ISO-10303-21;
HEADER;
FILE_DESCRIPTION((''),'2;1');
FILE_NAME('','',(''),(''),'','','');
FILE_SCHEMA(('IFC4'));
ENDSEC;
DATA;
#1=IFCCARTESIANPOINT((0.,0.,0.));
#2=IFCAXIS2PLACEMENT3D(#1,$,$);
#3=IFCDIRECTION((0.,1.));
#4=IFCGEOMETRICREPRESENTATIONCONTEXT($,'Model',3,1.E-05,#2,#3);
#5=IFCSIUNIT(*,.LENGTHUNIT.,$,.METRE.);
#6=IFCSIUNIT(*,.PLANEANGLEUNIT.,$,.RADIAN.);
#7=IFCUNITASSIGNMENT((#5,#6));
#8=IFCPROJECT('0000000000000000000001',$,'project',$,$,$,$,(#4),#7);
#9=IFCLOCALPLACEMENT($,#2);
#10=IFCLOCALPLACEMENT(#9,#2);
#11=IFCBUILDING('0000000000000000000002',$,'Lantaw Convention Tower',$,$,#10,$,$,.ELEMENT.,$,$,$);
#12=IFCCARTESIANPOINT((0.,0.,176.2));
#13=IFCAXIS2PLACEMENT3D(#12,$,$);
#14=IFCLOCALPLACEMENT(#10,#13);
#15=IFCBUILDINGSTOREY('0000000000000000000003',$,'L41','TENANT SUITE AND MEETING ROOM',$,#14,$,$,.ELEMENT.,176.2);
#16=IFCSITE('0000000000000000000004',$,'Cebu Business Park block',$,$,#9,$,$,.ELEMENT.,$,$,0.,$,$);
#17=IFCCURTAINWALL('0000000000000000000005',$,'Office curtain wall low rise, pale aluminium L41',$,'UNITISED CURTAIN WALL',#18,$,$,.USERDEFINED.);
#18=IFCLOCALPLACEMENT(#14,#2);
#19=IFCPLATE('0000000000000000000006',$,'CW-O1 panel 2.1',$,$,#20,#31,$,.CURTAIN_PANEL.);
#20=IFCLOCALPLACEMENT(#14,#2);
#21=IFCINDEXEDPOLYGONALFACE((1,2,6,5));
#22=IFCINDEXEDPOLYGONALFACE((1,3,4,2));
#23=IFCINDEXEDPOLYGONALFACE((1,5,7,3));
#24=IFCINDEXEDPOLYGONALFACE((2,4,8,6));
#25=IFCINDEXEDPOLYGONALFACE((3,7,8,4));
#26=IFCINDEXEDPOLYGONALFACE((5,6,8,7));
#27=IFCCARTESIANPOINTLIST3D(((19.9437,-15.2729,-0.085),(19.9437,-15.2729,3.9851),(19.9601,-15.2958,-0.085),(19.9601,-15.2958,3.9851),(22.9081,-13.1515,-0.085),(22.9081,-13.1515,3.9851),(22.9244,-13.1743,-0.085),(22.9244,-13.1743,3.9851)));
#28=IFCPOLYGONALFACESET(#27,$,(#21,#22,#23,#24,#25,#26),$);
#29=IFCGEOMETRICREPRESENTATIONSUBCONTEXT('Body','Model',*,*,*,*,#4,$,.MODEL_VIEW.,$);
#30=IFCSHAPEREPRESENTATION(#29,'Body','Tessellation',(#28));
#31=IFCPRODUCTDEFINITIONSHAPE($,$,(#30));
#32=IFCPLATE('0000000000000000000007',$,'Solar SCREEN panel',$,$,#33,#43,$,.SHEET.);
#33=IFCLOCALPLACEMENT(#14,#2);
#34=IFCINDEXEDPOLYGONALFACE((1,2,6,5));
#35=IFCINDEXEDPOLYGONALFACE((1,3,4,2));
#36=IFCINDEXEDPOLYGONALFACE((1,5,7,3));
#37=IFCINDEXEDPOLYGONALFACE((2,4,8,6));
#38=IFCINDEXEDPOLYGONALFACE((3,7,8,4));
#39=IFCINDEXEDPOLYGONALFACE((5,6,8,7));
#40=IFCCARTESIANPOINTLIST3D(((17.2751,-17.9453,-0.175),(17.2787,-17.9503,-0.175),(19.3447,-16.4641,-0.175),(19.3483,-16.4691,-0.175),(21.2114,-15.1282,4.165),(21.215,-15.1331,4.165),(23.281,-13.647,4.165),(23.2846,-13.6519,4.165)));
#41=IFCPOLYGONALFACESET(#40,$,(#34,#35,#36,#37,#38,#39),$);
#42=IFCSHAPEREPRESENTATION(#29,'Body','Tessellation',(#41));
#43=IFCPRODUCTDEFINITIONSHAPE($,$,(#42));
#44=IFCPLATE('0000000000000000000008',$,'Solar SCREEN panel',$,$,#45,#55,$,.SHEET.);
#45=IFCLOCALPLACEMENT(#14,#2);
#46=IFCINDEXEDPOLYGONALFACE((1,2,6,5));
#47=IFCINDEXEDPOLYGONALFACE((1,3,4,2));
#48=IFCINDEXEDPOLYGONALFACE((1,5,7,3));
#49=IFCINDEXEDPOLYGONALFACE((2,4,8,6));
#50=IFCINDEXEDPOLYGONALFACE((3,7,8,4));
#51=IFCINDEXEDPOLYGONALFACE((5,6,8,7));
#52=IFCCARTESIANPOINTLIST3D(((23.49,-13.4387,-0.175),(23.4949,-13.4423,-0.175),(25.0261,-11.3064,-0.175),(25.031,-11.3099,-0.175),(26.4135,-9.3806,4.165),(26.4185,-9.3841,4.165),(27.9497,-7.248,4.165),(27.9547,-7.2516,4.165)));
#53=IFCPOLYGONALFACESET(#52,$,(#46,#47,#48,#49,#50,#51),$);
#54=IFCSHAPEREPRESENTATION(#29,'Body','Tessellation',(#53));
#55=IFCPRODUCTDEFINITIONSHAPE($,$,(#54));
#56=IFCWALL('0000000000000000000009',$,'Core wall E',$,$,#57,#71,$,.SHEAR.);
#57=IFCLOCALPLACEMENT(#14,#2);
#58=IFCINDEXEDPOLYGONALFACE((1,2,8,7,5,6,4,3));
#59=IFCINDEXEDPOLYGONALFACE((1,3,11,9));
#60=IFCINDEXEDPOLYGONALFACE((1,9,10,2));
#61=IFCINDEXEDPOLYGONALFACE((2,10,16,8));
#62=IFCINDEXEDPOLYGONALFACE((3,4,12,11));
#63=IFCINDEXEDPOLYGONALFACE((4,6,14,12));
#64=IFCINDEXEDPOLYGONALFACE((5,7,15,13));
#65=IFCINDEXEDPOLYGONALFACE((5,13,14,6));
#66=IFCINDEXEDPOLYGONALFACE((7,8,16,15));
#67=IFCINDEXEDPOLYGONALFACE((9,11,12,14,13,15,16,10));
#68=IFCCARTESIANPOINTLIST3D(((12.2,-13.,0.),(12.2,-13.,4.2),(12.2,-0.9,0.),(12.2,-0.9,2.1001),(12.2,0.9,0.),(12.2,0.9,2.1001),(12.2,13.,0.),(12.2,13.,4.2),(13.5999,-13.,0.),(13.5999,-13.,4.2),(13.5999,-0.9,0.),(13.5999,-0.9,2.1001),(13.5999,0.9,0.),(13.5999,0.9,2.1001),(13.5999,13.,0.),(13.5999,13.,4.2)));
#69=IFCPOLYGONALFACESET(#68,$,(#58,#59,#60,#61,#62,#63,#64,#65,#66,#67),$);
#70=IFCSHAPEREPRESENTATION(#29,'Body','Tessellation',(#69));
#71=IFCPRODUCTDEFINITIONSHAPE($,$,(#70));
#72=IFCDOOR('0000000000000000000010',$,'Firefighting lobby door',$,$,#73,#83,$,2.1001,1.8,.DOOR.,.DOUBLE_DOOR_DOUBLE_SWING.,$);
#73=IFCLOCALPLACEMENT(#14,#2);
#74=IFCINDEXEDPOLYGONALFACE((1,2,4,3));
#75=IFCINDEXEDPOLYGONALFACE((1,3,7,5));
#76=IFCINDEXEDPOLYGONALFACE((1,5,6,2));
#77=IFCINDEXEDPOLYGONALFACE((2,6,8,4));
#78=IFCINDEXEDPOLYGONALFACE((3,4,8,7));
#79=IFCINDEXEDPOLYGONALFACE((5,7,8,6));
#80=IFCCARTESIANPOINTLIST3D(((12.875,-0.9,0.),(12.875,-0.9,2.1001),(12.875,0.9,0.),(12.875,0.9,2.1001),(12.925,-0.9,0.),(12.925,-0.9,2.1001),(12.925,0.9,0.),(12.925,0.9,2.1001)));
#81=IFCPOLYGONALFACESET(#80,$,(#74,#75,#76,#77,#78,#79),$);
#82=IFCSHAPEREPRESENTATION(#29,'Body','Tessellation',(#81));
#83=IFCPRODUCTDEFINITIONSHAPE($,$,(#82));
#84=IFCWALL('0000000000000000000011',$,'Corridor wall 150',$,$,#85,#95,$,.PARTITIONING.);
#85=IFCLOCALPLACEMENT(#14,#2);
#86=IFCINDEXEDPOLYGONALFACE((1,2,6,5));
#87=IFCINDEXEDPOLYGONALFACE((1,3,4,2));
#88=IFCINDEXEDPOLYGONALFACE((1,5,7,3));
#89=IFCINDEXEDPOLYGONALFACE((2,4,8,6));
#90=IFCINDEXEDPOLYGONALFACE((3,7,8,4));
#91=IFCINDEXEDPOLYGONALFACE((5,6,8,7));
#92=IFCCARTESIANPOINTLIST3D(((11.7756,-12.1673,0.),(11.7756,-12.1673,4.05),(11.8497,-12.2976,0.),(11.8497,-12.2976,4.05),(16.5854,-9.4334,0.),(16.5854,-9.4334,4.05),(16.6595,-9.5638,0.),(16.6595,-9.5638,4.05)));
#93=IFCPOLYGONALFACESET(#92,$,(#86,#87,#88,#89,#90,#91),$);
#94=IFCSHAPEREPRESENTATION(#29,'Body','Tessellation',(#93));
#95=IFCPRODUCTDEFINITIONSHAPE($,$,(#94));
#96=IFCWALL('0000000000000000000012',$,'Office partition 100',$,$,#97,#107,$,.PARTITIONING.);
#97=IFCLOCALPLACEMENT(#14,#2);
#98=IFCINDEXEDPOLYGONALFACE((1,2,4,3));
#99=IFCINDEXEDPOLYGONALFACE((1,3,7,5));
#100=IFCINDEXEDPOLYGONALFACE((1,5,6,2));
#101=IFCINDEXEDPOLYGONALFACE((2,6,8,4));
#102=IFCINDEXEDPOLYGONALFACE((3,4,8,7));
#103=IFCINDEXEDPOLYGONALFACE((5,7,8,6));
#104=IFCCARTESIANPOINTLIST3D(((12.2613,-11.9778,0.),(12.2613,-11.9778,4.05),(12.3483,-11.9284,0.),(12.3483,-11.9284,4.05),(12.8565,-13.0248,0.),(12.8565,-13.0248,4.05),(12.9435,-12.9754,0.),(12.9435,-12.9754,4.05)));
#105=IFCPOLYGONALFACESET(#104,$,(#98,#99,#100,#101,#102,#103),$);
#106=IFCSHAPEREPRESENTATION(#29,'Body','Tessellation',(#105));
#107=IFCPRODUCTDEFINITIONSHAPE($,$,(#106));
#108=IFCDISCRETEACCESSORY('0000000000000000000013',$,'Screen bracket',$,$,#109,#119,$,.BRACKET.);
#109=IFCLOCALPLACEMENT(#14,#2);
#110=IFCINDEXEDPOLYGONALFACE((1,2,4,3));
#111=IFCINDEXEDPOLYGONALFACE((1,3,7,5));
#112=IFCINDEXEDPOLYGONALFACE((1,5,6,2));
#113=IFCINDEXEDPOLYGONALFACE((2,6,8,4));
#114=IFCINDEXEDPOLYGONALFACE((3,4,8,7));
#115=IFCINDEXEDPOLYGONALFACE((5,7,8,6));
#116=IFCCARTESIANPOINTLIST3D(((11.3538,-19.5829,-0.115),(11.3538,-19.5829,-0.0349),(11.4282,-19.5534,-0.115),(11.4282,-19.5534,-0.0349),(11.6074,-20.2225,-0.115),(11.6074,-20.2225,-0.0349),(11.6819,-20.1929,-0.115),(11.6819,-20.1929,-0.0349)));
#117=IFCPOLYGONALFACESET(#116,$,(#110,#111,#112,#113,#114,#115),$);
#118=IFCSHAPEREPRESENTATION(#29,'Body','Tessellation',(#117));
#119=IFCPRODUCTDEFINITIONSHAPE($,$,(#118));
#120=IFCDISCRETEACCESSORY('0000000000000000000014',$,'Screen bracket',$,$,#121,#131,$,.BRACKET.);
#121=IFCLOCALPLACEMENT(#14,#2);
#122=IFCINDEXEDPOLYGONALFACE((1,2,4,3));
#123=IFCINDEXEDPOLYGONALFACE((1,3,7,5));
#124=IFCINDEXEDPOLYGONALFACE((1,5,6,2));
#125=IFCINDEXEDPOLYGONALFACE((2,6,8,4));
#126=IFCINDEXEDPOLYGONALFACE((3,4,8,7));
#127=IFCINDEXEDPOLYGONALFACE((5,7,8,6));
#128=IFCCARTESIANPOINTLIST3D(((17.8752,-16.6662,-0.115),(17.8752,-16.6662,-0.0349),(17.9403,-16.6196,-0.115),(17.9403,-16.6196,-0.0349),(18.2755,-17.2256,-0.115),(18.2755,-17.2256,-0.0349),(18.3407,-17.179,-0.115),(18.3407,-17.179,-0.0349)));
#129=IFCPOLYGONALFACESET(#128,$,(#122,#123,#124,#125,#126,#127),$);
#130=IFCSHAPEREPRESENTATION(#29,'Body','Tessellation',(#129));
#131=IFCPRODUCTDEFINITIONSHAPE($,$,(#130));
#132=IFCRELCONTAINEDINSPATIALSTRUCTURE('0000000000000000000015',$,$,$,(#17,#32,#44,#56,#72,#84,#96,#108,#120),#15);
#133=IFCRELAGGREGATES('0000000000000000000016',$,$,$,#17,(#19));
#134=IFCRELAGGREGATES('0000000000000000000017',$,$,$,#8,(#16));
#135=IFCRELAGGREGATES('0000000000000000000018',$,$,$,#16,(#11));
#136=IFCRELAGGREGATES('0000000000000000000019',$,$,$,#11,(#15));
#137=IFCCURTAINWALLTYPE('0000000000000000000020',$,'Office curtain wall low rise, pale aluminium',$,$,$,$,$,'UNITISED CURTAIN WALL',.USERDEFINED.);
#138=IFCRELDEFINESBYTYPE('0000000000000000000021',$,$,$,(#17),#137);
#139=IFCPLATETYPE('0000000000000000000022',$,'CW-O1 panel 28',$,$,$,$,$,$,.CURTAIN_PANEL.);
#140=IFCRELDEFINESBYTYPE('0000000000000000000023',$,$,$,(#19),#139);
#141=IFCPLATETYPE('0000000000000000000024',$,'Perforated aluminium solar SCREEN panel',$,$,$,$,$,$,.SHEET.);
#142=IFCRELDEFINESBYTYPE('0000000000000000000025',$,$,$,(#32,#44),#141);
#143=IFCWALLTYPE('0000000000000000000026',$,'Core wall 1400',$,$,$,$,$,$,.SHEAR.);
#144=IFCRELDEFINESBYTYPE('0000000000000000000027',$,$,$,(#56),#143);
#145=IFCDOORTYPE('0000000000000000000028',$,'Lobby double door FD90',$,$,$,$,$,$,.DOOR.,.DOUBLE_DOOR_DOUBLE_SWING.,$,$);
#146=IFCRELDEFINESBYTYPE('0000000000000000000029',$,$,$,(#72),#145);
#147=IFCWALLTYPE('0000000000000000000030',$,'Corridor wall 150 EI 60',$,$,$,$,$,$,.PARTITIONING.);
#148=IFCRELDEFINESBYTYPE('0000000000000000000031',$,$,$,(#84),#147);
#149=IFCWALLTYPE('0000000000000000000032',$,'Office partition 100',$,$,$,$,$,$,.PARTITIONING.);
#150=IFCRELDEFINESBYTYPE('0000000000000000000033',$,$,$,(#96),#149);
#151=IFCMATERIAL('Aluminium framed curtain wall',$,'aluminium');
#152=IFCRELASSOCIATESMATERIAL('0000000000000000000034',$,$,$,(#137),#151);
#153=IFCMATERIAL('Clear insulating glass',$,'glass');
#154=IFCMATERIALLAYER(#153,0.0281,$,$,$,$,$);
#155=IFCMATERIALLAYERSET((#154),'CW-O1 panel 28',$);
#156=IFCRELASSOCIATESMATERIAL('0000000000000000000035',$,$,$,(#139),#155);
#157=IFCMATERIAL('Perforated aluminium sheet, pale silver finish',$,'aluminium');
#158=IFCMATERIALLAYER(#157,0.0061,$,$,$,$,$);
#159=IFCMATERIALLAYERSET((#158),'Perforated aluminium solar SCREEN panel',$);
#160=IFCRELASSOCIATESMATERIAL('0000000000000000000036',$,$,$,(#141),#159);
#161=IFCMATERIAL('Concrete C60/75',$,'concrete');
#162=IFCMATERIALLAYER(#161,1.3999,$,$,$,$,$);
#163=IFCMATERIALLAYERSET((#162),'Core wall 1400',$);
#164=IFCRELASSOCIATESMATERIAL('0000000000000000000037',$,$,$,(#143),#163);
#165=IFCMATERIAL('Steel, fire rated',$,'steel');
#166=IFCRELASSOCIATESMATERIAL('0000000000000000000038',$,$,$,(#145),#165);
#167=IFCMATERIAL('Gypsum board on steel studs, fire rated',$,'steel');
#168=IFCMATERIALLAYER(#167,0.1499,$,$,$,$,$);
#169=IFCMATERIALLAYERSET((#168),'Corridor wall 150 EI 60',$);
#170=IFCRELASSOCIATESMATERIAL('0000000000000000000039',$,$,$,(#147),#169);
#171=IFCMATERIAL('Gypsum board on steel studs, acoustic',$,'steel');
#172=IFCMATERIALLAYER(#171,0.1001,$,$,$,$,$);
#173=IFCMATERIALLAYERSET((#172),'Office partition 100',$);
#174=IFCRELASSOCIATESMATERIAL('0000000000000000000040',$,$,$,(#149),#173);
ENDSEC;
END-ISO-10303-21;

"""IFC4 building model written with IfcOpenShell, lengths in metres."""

from ifc_helpers import new_model, si_unit, direction, frame, frame_2d, origin, origin_2d, place, context, subcontext, project, spatial, polyline, rectangle, outline, extrude, material, layer, layer_set, type_object, element, fill, aggregate, save


model = new_model("IFC4")

# Units and contexts
model_context = context("Model", 3, precision=1e-05, world=origin(), true_north=direction((0.0, 1.0)))
body_context = subcontext(model_context, "Body", "Model", "MODEL_VIEW")
ifc_project = project(units=[si_unit("LENGTHUNIT", "METRE"), si_unit("PLANEANGLEUNIT", "RADIAN")], contexts=[model_context])

# Site, building, storey
site_placement = place(None, origin())
site = spatial("IfcSite", under=ifc_project, at=site_placement, Name="Cebu Business Park block", CompositionType="ELEMENT", RefElevation=0.0)
building_placement = place(site_placement, origin())
building = spatial("IfcBuilding", under=site, at=building_placement, Name="Lantaw Convention Tower", CompositionType="ELEMENT")
storey_placement = place(building_placement, frame((0.0, 0.0, 176.2)))
storey = spatial("IfcBuildingStorey", under=building, at=storey_placement, Name="L41", Description="TENANT SUITE AND MEETING ROOM", CompositionType="ELEMENT", Elevation=176.2)

# Shared definitions
ifc_material_1 = material(Name="Concrete C60/75", Category="concrete")

# Curtain wall
ifc_material_2 = material(Name="Aluminium framed curtain wall", Category="aluminium")
curtain_wall_type = type_object("IfcCurtainWallType", Name="Office curtain wall low rise, pale aluminium", ElementType="UNITISED CURTAIN WALL", PredefinedType="USERDEFINED", material=ifc_material_2)
curtain_wall_1_placement = place(storey_placement, origin())
curtain_wall_1 = element("IfcCurtainWall", 1, at=curtain_wall_1_placement, inside=storey, type_object=curtain_wall_type, Name="Office curtain wall low rise, pale aluminium L41", ObjectType="UNITISED CURTAIN WALL", PredefinedType="USERDEFINED")

# Plate
ifc_material_3 = material(Name="Clear insulating glass", Category="glass")
ifc_layer_1 = layer(ifc_material_3, 0.0281)
ifc_layer_set_1 = layer_set([ifc_layer_1], Name="CW-O1 panel 28")
plate_type_1 = type_object("IfcPlateType", Name="CW-O1 panel 28", PredefinedType="CURTAIN_PANEL", material=ifc_layer_set_1)
plate_1_placement = place(storey_placement, frame((21.4341, -14.2236, -0.085), z_axis=(0.0, 0.0, 1.0), x_axis=(0.813208, 0.581973, 0.0)))
plate_1 = element("IfcPlate", 2, at=plate_1_placement, type_object=plate_type_1, Name="CW-O1 panel 2.1", PredefinedType="CURTAIN_PANEL", context=body_context, shape_type="SweptSolid", body=[
    extrude(rectangle(XDim=3.6453, YDim=0.0281, at=origin_2d()), origin(), (0.0, 0.0, 1.0), 4.0701),
])
aggregate(curtain_wall_1, [plate_1])

# Plates
ifc_material_4 = material(Name="Perforated aluminium sheet, pale silver finish", Category="aluminium")
ifc_layer_2 = layer(ifc_material_4, 0.0061)
ifc_layer_set_2 = layer_set([ifc_layer_2], Name="Perforated aluminium solar SCREEN panel")
plate_type_2 = type_object("IfcPlateType", Name="Perforated aluminium solar SCREEN panel", PredefinedType="SHEET", material=ifc_layer_set_2)
plate_2_placement = place(storey_placement, frame((17.2751, -17.9453, -0.175), z_axis=(-0.582, 0.813189, 0.000012), x_axis=(0.813189, 0.582, 0.0)))
element("IfcPlate", 3, at=plate_2_placement, inside=storey, type_object=plate_type_2, Name="Solar SCREEN panel", PredefinedType="SHEET", context=body_context, shape_type="SweptSolid", body=[
    extrude(outline(polyline([(0.0, 0.0), (2.545, 0.0), (7.3855, -4.3401), (4.8405, -4.3401), (0.0, 0.0)])), origin(), (0.0, 0.0, -1.0), 0.0061),
])
plate_3_placement = place(storey_placement, frame((23.49, -13.4387, -0.175), z_axis=(-0.811395, 0.584498, 0.000036), x_axis=(0.584498, 0.811395, 0.0)))
element("IfcPlate", 4, at=plate_3_placement, inside=storey, type_object=plate_type_2, Name="Solar SCREEN panel", PredefinedType="SHEET", context=body_context, shape_type="SweptSolid", body=[
    extrude(outline(polyline([(0.0, 0.0), (2.628, 0.0), (7.6298, -4.3401), (5.0016, -4.3401), (0.0, 0.0)])), origin(), (0.0, 0.0, -1.0), 0.0061),
])

# Wall, opening, door
ifc_layer_3 = layer(ifc_material_1, 1.3999)
ifc_layer_set_3 = layer_set([ifc_layer_3], Name="Core wall 1400")
wall_type_1 = type_object("IfcWallType", Name="Core wall 1400", PredefinedType="SHEAR", material=ifc_layer_set_3)
wall_1_placement = place(storey_placement, frame((12.8999, -13.0, 0.0), z_axis=(0.0, 0.0, 1.0), x_axis=(0.0, 1.0, 0.0)))
wall_1 = element("IfcWall", 5, at=wall_1_placement, inside=storey, type_object=wall_type_1, Name="Core wall E", PredefinedType="SHEAR", context=body_context, shape_type="SweptSolid", body=[
    extrude(rectangle(XDim=26.0, YDim=1.3999, at=frame_2d((13.0, 0.0))), origin(), (0.0, 0.0, 1.0), 4.2),
])
opening_placement = place(wall_1_placement, frame((12.1001, 0.0, 0.0)))
opening = element("IfcOpeningElement", 6, at=opening_placement, cuts=wall_1, PredefinedType="OPENING", context=body_context, shape_type="SweptSolid", body=[
    extrude(rectangle(XDim=1.8, YDim=2.1001, at=frame_2d((0.8999, 1.05))), frame((0.0, 0.71, 0.0), z_axis=(0.0, -1.0, 0.0), x_axis=(1.0, 0.0, 0.0)), (0.0, 0.0, 1.0), 1.4199),
])
ifc_material_5 = material(Name="Steel, fire rated", Category="steel")
door_type = type_object("IfcDoorType", Name="Lobby double door FD90", OperationType="DOUBLE_DOOR_DOUBLE_SWING", PredefinedType="DOOR", material=ifc_material_5)
door_placement = place(opening_placement, origin())
door = element("IfcDoor", 7, at=door_placement, inside=storey, type_object=door_type, Name="Firefighting lobby door", OperationType="DOUBLE_DOOR_DOUBLE_SWING", OverallHeight=2.1001, OverallWidth=1.8, PredefinedType="DOOR", context=body_context, shape_type="SweptSolid", body=[
    extrude(rectangle(XDim=1.8, YDim=2.1001, at=frame_2d((0.8999, 1.05))), frame((0.0, 0.0249, 0.0), z_axis=(0.0, -1.0, 0.0), x_axis=(1.0, 0.0, 0.0)), (0.0, 0.0, 1.0), 0.05),
])
fill(opening, door)

# Walls
ifc_material_6 = material(Name="Gypsum board on steel studs, fire rated", Category="steel")
ifc_layer_4 = layer(ifc_material_6, 0.1499)
ifc_layer_set_4 = layer_set([ifc_layer_4], Name="Corridor wall 150 EI 60")
wall_type_2 = type_object("IfcWallType", Name="Corridor wall 150 EI 60", PredefinedType="PARTITIONING", material=ifc_layer_set_4)
wall_2_placement = place(storey_placement, frame((11.8127, -12.2324, 0.0), z_axis=(0.0, 0.0, 1.0), x_axis=(0.869376, 0.494151, 0.0)))
element("IfcWall", 8, at=wall_2_placement, inside=storey, type_object=wall_type_2, Name="Corridor wall 150", PredefinedType="PARTITIONING", context=body_context, shape_type="SweptSolid", body=[
    extrude(rectangle(XDim=5.5325, YDim=0.1499, at=frame_2d((2.7661, 0.0))), origin(), (0.0, 0.0, 1.0), 4.05),
])
ifc_material_7 = material(Name="Gypsum board on steel studs, acoustic", Category="steel")
ifc_layer_5 = layer(ifc_material_7, 0.1001)
ifc_layer_set_5 = layer_set([ifc_layer_5], Name="Office partition 100")
wall_type_3 = type_object("IfcWallType", Name="Office partition 100", PredefinedType="PARTITIONING", material=ifc_layer_set_5)
wall_3_placement = place(storey_placement, frame((12.8999, -13.0, 0.0), z_axis=(0.0, 0.0, 1.0), x_axis=(-0.494173, 0.869364, 0.0)))
element("IfcWall", 9, at=wall_3_placement, inside=storey, type_object=wall_type_3, Name="Office partition 100", PredefinedType="PARTITIONING", context=body_context, shape_type="SweptSolid", body=[
    extrude(rectangle(XDim=1.2043, YDim=0.1001, at=frame_2d((0.6021, 0.0))), origin(), (0.0, 0.0, 1.0), 4.05),
])

# Discrete accessories
for number, where, z_axis, x_axis, name in (
    (10, (11.5178, -19.8879, -0.115), (0.0, 0.0, 1.0), (0.929548, 0.368702, 0.0), "Screen bracket"),
    (11, (18.1079, -16.9226, -0.115), (0.0, 0.0, 1.0), (0.813208, 0.581973, 0.0), "Screen bracket"),
):
    element("IfcDiscreteAccessory", number, at=place(storey_placement, frame(where, z_axis=z_axis, x_axis=x_axis)), inside=storey, Name=name, PredefinedType="BRACKET", context=body_context, shape_type="SweptSolid", body=[
        extrude(rectangle(XDim=0.0801, YDim=0.688, at=origin_2d()), origin(), (0.0, 0.0, 1.0), 0.0801),
    ])

save(model, "model.ifc")
